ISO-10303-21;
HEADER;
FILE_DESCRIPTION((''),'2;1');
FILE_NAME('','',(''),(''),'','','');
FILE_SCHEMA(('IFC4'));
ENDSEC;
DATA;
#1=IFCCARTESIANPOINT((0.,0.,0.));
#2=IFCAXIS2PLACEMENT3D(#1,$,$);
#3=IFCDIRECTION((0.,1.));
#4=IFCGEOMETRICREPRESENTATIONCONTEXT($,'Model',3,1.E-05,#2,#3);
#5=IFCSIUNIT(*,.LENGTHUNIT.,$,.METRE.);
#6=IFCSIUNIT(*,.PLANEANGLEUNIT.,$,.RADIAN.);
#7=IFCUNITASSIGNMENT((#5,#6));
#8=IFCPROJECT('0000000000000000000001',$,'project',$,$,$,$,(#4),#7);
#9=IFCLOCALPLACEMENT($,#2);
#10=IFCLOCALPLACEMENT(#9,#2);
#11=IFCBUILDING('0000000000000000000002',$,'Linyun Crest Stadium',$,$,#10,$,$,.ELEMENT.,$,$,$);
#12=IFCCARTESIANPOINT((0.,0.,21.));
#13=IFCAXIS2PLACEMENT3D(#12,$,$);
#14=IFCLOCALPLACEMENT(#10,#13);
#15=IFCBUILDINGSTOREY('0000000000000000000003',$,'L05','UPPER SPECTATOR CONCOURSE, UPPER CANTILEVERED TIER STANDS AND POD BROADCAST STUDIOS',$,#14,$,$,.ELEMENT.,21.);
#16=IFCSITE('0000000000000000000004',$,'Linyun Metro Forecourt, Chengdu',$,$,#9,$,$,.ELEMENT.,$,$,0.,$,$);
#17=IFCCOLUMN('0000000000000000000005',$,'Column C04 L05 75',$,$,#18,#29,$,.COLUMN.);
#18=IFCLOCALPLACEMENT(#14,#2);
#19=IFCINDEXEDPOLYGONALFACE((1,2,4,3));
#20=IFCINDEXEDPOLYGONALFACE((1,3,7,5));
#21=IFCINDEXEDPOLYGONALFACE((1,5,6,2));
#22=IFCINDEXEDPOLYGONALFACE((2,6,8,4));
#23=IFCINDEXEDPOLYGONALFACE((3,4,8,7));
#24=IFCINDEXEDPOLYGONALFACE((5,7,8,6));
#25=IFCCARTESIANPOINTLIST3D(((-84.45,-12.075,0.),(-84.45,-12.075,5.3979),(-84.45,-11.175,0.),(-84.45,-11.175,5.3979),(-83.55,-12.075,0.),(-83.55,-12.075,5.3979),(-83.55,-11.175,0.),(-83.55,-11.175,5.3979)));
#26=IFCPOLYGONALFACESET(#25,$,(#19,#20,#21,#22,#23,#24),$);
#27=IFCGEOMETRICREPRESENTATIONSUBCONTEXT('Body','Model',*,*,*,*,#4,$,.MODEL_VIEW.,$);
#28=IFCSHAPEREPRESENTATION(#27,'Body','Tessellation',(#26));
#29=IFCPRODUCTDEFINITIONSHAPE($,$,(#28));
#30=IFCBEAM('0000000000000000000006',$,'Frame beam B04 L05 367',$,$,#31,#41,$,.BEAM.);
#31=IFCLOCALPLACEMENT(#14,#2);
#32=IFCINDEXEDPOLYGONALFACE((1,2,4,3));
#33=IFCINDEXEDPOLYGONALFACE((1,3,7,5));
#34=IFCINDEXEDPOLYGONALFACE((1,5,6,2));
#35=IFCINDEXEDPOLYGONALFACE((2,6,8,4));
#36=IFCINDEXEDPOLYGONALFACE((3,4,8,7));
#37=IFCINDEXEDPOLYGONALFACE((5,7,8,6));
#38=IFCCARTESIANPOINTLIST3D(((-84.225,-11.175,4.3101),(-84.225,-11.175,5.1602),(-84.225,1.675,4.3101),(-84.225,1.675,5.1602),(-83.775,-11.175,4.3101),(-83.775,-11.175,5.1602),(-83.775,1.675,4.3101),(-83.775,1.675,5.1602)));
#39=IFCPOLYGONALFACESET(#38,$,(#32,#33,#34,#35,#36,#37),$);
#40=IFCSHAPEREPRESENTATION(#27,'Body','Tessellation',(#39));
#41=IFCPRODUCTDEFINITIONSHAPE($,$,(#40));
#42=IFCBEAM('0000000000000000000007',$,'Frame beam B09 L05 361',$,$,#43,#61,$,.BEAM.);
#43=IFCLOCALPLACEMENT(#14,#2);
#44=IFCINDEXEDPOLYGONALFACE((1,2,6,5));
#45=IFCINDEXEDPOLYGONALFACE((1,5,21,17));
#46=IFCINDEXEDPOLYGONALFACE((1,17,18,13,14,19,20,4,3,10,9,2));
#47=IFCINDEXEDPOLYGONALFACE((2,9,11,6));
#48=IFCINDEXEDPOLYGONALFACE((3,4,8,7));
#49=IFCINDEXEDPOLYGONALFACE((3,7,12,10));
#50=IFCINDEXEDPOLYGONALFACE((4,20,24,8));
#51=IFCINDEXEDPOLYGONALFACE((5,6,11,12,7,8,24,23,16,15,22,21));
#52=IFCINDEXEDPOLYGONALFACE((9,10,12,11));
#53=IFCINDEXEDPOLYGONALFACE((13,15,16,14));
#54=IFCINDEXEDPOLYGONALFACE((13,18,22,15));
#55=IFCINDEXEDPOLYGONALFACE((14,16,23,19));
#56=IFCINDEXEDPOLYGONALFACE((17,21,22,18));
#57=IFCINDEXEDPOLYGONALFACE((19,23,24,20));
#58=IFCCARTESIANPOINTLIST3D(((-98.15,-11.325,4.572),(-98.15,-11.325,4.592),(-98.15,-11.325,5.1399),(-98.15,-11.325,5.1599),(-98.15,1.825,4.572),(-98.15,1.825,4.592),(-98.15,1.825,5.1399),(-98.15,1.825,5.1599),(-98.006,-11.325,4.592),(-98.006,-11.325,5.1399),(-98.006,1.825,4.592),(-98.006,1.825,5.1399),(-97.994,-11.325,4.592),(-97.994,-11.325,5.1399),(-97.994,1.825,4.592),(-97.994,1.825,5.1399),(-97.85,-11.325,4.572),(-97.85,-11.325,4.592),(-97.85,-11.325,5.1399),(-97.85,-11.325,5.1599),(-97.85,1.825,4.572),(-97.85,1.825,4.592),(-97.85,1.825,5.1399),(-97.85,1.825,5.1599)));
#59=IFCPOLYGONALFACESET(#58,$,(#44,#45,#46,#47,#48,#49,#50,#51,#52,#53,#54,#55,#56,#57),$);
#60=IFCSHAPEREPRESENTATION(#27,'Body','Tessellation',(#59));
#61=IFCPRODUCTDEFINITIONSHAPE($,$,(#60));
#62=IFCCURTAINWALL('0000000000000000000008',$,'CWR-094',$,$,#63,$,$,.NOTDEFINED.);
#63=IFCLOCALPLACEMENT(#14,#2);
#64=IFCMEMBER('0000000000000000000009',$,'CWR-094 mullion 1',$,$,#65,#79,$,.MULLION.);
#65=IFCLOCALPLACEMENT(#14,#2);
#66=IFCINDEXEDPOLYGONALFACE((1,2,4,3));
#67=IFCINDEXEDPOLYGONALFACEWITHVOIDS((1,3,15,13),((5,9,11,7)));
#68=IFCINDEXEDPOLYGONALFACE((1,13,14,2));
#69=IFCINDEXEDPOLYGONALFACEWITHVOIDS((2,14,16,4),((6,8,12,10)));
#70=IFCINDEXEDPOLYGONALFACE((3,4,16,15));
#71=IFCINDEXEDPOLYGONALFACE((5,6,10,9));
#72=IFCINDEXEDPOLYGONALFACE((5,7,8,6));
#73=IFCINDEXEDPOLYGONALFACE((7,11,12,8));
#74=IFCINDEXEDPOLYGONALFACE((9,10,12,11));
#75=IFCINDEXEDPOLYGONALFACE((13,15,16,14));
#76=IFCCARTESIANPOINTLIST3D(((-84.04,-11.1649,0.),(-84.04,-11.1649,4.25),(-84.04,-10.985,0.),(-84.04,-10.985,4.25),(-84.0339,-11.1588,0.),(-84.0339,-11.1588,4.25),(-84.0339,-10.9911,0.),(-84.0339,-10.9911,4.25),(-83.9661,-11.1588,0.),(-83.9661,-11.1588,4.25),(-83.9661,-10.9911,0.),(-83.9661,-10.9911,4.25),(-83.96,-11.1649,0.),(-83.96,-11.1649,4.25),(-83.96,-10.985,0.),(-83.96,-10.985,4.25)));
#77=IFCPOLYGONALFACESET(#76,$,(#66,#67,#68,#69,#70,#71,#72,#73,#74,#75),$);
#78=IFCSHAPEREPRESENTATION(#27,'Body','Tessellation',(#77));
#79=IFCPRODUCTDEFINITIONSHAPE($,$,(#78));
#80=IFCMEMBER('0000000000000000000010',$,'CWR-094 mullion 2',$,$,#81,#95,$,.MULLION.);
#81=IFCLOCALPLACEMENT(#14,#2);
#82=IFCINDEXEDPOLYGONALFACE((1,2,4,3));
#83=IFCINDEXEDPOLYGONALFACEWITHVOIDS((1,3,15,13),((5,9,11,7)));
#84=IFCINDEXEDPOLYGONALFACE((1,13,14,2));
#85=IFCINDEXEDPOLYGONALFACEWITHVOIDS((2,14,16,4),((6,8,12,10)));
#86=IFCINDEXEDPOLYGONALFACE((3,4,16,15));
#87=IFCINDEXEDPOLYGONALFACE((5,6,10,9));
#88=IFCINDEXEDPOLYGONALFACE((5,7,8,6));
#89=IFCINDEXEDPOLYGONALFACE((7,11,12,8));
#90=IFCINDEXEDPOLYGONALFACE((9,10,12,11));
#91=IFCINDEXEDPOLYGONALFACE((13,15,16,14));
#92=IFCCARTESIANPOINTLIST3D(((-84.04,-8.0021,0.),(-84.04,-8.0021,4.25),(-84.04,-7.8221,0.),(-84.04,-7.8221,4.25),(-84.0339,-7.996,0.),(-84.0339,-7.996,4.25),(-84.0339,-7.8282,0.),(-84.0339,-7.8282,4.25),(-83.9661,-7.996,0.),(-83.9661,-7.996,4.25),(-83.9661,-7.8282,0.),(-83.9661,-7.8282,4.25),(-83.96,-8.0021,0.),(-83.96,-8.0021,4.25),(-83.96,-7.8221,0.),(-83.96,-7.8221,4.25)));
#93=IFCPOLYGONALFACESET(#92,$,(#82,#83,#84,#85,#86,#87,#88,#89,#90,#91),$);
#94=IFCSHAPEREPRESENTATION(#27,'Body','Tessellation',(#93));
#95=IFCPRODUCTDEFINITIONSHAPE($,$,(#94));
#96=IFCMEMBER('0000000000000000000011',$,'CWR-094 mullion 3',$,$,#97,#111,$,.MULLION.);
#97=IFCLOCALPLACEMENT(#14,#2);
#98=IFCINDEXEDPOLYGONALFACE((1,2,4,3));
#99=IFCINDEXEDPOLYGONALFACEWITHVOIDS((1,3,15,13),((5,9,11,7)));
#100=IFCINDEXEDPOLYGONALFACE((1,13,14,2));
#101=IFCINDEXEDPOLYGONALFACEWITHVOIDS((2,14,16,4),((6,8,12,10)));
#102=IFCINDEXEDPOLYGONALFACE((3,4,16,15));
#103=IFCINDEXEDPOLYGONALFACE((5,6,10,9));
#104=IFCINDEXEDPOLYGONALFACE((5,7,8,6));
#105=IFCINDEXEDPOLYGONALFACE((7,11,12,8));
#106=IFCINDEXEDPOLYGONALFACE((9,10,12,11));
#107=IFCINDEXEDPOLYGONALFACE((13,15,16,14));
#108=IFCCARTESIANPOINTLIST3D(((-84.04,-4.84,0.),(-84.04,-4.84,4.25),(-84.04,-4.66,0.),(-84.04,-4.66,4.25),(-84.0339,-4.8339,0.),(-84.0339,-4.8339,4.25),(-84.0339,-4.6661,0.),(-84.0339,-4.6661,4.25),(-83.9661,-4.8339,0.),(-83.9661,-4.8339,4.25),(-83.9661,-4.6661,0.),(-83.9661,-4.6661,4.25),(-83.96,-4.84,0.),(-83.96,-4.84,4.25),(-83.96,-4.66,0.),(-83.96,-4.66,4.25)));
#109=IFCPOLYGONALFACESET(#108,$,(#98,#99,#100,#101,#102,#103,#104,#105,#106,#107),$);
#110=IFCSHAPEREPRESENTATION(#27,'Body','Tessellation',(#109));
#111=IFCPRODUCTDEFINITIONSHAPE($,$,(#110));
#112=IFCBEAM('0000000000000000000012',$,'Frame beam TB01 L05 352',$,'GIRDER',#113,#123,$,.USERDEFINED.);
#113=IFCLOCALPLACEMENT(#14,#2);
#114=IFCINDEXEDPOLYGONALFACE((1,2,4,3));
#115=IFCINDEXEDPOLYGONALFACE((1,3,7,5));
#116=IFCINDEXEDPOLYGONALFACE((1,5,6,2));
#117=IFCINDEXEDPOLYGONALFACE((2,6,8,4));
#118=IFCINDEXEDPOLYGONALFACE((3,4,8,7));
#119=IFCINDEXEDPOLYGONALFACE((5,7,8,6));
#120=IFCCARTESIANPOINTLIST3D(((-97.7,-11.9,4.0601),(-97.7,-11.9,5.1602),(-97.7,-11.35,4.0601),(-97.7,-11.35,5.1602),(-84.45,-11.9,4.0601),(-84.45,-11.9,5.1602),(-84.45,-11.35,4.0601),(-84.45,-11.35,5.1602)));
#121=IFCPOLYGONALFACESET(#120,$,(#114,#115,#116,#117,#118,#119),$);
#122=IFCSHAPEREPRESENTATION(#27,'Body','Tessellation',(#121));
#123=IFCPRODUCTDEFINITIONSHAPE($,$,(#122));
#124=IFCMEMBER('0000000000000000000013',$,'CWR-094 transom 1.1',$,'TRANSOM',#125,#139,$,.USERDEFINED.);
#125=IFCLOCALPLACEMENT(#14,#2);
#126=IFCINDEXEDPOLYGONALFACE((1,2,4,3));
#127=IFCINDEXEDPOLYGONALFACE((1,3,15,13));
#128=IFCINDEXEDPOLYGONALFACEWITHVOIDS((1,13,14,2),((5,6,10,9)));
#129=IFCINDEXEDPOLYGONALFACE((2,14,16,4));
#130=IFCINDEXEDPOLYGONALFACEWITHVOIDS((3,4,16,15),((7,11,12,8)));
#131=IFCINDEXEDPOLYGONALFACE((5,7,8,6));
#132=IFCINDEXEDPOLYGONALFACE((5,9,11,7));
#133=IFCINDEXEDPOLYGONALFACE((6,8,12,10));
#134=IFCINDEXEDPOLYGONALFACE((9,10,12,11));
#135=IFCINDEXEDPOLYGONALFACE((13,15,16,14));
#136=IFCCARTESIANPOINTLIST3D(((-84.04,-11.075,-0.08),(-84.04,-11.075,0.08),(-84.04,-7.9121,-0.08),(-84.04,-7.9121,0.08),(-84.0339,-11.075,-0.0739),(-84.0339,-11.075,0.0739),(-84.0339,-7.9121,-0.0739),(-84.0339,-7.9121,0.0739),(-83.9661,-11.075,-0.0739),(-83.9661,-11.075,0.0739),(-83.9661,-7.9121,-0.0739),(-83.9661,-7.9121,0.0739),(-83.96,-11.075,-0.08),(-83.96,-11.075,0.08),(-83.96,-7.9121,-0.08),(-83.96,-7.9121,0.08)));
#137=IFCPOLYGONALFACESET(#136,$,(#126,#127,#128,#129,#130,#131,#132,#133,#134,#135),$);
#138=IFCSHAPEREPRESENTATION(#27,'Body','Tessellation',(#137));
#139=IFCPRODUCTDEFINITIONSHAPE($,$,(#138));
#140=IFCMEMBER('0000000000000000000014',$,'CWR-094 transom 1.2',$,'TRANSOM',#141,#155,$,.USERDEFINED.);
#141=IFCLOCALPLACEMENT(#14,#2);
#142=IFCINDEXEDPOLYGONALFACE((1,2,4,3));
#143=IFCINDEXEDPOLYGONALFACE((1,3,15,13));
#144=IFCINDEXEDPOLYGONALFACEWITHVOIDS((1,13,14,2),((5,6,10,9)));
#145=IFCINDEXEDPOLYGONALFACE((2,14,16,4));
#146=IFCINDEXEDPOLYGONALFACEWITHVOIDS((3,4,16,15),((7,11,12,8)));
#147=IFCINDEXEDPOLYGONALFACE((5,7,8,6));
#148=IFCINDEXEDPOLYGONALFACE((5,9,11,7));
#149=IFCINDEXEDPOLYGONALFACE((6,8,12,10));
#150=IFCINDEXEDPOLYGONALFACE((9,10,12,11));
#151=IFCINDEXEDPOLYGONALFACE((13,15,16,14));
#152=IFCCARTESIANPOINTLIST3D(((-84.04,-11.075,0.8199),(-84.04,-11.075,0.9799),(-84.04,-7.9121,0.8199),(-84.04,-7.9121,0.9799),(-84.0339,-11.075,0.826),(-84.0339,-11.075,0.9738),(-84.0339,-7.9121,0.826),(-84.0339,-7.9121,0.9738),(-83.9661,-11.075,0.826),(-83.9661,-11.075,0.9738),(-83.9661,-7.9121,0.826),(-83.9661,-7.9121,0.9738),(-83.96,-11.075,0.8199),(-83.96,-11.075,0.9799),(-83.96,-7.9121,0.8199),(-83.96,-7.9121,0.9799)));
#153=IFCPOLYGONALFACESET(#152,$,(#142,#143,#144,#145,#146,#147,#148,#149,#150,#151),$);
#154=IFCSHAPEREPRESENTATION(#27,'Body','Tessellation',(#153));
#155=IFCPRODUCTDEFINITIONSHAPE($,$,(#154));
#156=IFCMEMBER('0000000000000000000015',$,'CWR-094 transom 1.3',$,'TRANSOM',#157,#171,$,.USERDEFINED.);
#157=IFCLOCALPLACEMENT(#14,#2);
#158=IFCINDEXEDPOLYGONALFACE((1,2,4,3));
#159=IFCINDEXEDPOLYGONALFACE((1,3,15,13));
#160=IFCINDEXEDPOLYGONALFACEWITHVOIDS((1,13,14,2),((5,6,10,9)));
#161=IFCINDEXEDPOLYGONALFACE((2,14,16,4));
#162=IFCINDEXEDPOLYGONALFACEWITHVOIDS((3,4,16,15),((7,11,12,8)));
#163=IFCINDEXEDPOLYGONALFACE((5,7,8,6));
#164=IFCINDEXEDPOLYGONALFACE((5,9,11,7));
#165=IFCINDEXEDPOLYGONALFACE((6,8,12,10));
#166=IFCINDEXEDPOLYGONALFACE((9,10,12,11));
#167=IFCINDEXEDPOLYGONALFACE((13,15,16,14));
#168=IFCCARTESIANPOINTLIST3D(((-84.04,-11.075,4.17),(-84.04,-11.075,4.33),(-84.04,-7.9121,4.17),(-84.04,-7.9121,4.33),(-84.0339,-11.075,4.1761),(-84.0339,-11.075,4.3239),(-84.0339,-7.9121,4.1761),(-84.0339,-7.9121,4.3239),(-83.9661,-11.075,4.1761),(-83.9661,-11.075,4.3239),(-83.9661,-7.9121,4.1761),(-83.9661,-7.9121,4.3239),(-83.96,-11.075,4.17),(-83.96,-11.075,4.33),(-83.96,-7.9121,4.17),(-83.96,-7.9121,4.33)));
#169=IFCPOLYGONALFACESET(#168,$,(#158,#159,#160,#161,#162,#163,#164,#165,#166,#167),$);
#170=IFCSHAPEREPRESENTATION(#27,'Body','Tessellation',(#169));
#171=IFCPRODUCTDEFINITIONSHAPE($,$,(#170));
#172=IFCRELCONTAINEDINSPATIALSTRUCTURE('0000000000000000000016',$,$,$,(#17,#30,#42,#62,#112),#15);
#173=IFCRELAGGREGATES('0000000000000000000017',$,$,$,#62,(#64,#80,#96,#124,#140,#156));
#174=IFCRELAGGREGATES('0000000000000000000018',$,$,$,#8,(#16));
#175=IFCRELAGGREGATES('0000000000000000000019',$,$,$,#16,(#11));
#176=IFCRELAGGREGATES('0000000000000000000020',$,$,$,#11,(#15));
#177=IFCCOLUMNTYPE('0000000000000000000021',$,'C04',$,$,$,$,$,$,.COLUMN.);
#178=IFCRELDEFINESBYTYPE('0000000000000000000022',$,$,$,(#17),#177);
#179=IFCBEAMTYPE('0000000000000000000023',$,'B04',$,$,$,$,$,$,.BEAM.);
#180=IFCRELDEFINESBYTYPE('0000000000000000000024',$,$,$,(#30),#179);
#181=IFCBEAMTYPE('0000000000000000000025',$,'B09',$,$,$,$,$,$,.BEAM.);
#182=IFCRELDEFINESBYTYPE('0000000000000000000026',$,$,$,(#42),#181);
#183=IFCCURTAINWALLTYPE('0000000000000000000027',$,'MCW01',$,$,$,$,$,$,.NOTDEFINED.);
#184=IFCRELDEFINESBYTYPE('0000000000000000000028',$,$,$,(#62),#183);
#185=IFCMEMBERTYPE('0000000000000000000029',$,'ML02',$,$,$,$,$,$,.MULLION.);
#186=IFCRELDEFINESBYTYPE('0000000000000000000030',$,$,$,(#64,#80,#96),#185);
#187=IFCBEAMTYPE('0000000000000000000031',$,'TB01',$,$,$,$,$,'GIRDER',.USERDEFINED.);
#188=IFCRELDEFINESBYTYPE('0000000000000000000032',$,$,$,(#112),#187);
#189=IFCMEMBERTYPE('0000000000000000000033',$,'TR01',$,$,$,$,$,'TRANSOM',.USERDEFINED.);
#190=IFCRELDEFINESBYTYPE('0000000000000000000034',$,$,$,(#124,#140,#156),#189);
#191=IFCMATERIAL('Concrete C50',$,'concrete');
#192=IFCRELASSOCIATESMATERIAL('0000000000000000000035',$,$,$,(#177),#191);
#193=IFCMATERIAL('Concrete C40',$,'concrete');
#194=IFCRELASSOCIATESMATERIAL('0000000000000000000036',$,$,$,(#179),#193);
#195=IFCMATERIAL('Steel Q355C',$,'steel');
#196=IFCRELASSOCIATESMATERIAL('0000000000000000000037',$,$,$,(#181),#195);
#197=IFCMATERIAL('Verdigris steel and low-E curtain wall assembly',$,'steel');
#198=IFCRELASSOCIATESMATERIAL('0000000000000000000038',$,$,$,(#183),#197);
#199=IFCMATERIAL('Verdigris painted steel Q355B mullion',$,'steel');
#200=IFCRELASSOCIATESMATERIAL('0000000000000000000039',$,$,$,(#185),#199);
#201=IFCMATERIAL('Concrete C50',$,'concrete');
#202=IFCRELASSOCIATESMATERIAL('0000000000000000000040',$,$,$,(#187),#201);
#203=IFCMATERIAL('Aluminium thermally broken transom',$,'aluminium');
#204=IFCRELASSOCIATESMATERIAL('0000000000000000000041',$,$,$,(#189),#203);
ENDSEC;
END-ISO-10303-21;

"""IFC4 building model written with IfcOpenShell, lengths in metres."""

from ifc_helpers import new_model, si_unit, direction, frame, origin, origin_2d, place, context, subcontext, project, spatial, rectangle, hollow_rectangle, i_section, extrude, material, material_profile, profile_set, type_object, element, aggregate, save


model = new_model("IFC4")

# Units and contexts
model_context = context("Model", 3, precision=1e-05, world=origin(), true_north=direction((0.0, 1.0)))
body_context = subcontext(model_context, "Body", "Model", "MODEL_VIEW")
ifc_project = project(units=[si_unit("LENGTHUNIT", "METRE"), si_unit("PLANEANGLEUNIT", "RADIAN")], contexts=[model_context])

# Site, building, storey
site_placement = place(None, origin())
site = spatial("IfcSite", under=ifc_project, at=site_placement, Name="Linyun Metro Forecourt, Chengdu", CompositionType="ELEMENT", RefElevation=0.0)
building_placement = place(site_placement, origin())
building = spatial("IfcBuilding", under=site, at=building_placement, Name="Linyun Crest Stadium", CompositionType="ELEMENT")
storey_placement = place(building_placement, frame((0.0, 0.0, 21.0)))
storey = spatial("IfcBuildingStorey", under=building, at=storey_placement, Name="L05", Description="UPPER SPECTATOR CONCOURSE, UPPER CANTILEVERED TIER STANDS AND POD BROADCAST STUDIOS", CompositionType="ELEMENT", Elevation=21.0)

# Column
ifc_material_1 = material(Name="Concrete C50", Category="concrete")
ifc_material_profile_1 = material_profile(ifc_material_1, rectangle(XDim=0.8999, YDim=0.8999, at=origin_2d()), Name="RC 900x900")
ifc_profile_set_1 = profile_set([ifc_material_profile_1], Name="Concrete C50")
column_type = type_object("IfcColumnType", Name="C04", PredefinedType="COLUMN", material=ifc_profile_set_1)
column_placement = place(storey_placement, frame((-84.0, -11.625, 0.0), z_axis=(0.0, 0.0, 1.0), x_axis=(1.0, 0.0, 0.0)))
element("IfcColumn", 1, at=column_placement, inside=storey, type_object=column_type, Name="Column C04 L05 75", PredefinedType="COLUMN", context=body_context, shape_type="SweptSolid", body=[
    extrude(rectangle(XDim=0.8999, YDim=0.8999, at=origin_2d()), origin(), (0.0, 0.0, 1.0), 5.3979),
])

# Beams
ifc_material_2 = material(Name="Concrete C40", Category="concrete")
ifc_material_profile_2 = material_profile(ifc_material_2, rectangle(XDim=0.45, YDim=0.8501, at=origin_2d()), Name="RCB 850x450")
ifc_profile_set_2 = profile_set([ifc_material_profile_2], Name="Concrete C40")
beam_type_1 = type_object("IfcBeamType", Name="B04", PredefinedType="BEAM", material=ifc_profile_set_2)
beam_1_placement = place(storey_placement, frame((-84.0, -11.175, 4.7351), z_axis=(0.0, 1.0, 0.0), x_axis=(-1.0, 0.0, 0.0)))
element("IfcBeam", 2, at=beam_1_placement, inside=storey, type_object=beam_type_1, Name="Frame beam B04 L05 367", PredefinedType="BEAM", context=body_context, shape_type="SweptSolid", body=[
    extrude(rectangle(XDim=0.45, YDim=0.8501, at=origin_2d()), origin(), (0.0, 0.0, 1.0), 12.8501),
])
ifc_material_3 = material(Name="Steel Q355C", Category="steel")
ifc_material_profile_3 = material_profile(ifc_material_3, i_section(OverallWidth=0.3, OverallDepth=0.5879, WebThickness=0.012, FlangeThickness=0.02, at=origin_2d()), Name="HM 588x300")
ifc_profile_set_3 = profile_set([ifc_material_profile_3], Name="Steel Q355C")
beam_type_2 = type_object("IfcBeamType", Name="B09", PredefinedType="BEAM", material=ifc_profile_set_3)
beam_2_placement = place(storey_placement, frame((-98.0, -11.325, 4.866), z_axis=(0.0, 1.0, 0.0), x_axis=(-1.0, 0.0, 0.0)))
element("IfcBeam", 3, at=beam_2_placement, inside=storey, type_object=beam_type_2, Name="Frame beam B09 L05 361", PredefinedType="BEAM", context=body_context, shape_type="SweptSolid", body=[
    extrude(i_section(OverallWidth=0.3, OverallDepth=0.5879, WebThickness=0.012, FlangeThickness=0.02, at=origin_2d()), origin(), (0.0, 0.0, 1.0), 13.1499),
])

# Curtain wall, members
ifc_material_4 = material(Name="Verdigris steel and low-E curtain wall assembly", Category="steel")
curtain_wall_type = type_object("IfcCurtainWallType", Name="MCW01", PredefinedType="NOTDEFINED", material=ifc_material_4)
curtain_wall_placement = place(storey_placement, origin())
curtain_wall = element("IfcCurtainWall", 4, at=curtain_wall_placement, inside=storey, type_object=curtain_wall_type, Name="CWR-094", PredefinedType="NOTDEFINED")
ifc_material_5 = material(Name="Verdigris painted steel Q355B mullion", Category="steel")
ifc_material_profile_4 = material_profile(ifc_material_5, hollow_rectangle(XDim=0.0801, YDim=0.1799, WallThickness=0.0061, at=origin_2d()), Name="RHS 180x80x6")
ifc_profile_set_4 = profile_set([ifc_material_profile_4], Name="Verdigris painted steel Q355B mullion")
member_type_1 = type_object("IfcMemberType", Name="ML02", PredefinedType="MULLION", material=ifc_profile_set_4)
member_1_placement = place(storey_placement, frame((-84.0, -11.075, 0.0), z_axis=(0.0, 0.0, 1.0), x_axis=(-1.0, 0.0, 0.0)))
member_1 = element("IfcMember", 5, at=member_1_placement, type_object=member_type_1, Name="CWR-094 mullion 1", PredefinedType="MULLION", context=body_context, shape_type="SweptSolid", body=[
    extrude(hollow_rectangle(XDim=0.0801, YDim=0.1799, WallThickness=0.0061, at=origin_2d()), origin(), (0.0, 0.0, 1.0), 4.25),
])
member_2_placement = place(storey_placement, frame((-84.0, -7.9121, 0.0), z_axis=(0.0, 0.0, 1.0), x_axis=(-1.0, 0.0, 0.0)))
member_2 = element("IfcMember", 6, at=member_2_placement, type_object=member_type_1, Name="CWR-094 mullion 2", PredefinedType="MULLION", context=body_context, shape_type="SweptSolid", body=[
    extrude(hollow_rectangle(XDim=0.0801, YDim=0.1799, WallThickness=0.0061, at=origin_2d()), origin(), (0.0, 0.0, 1.0), 4.25),
])
member_3_placement = place(storey_placement, frame((-84.0, -4.75, 0.0), z_axis=(0.0, 0.0, 1.0), x_axis=(-1.0, 0.0, 0.0)))
member_3 = element("IfcMember", 7, at=member_3_placement, type_object=member_type_1, Name="CWR-094 mullion 3", PredefinedType="MULLION", context=body_context, shape_type="SweptSolid", body=[
    extrude(hollow_rectangle(XDim=0.0801, YDim=0.1799, WallThickness=0.0061, at=origin_2d()), origin(), (0.0, 0.0, 1.0), 4.25),
])

# Beam
ifc_material_6 = material(Name="Concrete C50", Category="concrete")
ifc_material_profile_5 = material_profile(ifc_material_6, rectangle(XDim=0.55, YDim=1.1001, at=origin_2d()), Name="RCB 1100x550")
ifc_profile_set_5 = profile_set([ifc_material_profile_5], Name="Concrete C50")
beam_type_3 = type_object("IfcBeamType", Name="TB01", ElementType="GIRDER", PredefinedType="USERDEFINED", material=ifc_profile_set_5)
beam_3_placement = place(storey_placement, frame((-97.7, -11.625, 4.6101), z_axis=(1.0, 0.0, 0.0), x_axis=(0.0, 1.0, 0.0)))
element("IfcBeam", 8, at=beam_3_placement, inside=storey, type_object=beam_type_3, Name="Frame beam TB01 L05 352", ObjectType="GIRDER", PredefinedType="USERDEFINED", context=body_context, shape_type="SweptSolid", body=[
    extrude(rectangle(XDim=0.55, YDim=1.1001, at=origin_2d()), origin(), (0.0, 0.0, 1.0), 13.25),
])

# Members
ifc_material_7 = material(Name="Aluminium thermally broken transom", Category="aluminium")
ifc_material_profile_6 = material_profile(ifc_material_7, hollow_rectangle(XDim=0.0801, YDim=0.1599, WallThickness=0.0061, at=origin_2d()), Name="RHS 160x80x6")
ifc_profile_set_6 = profile_set([ifc_material_profile_6], Name="Aluminium thermally broken transom")
member_type_2 = type_object("IfcMemberType", Name="TR01", ElementType="TRANSOM", PredefinedType="USERDEFINED", material=ifc_profile_set_6)
member_4_placement = place(storey_placement, frame((-84.0, -11.075, 0.0), z_axis=(0.0, 1.0, 0.0), x_axis=(-1.0, 0.0, 0.0)))
member_4 = element("IfcMember", 9, at=member_4_placement, type_object=member_type_2, Name="CWR-094 transom 1.1", ObjectType="TRANSOM", PredefinedType="USERDEFINED", context=body_context, shape_type="SweptSolid", body=[
    extrude(hollow_rectangle(XDim=0.0801, YDim=0.1599, WallThickness=0.0061, at=origin_2d()), origin(), (0.0, 0.0, 1.0), 3.1628),
])
member_5_placement = place(storey_placement, frame((-84.0, -11.075, 0.8999), z_axis=(0.0, 1.0, 0.0), x_axis=(-1.0, 0.0, 0.0)))
member_5 = element("IfcMember", 10, at=member_5_placement, type_object=member_type_2, Name="CWR-094 transom 1.2", ObjectType="TRANSOM", PredefinedType="USERDEFINED", context=body_context, shape_type="SweptSolid", body=[
    extrude(hollow_rectangle(XDim=0.0801, YDim=0.1599, WallThickness=0.0061, at=origin_2d()), origin(), (0.0, 0.0, 1.0), 3.1628),
])
member_6_placement = place(storey_placement, frame((-84.0, -11.075, 4.25), z_axis=(0.0, 1.0, 0.0), x_axis=(-1.0, 0.0, 0.0)))
member_6 = element("IfcMember", 11, at=member_6_placement, type_object=member_type_2, Name="CWR-094 transom 1.3", ObjectType="TRANSOM", PredefinedType="USERDEFINED", context=body_context, shape_type="SweptSolid", body=[
    extrude(hollow_rectangle(XDim=0.0801, YDim=0.1599, WallThickness=0.0061, at=origin_2d()), origin(), (0.0, 0.0, 1.0), 3.1628),
])

aggregate(curtain_wall, [member_1, member_2, member_3, member_4, member_5, member_6])

save(model, "model.ifc")
